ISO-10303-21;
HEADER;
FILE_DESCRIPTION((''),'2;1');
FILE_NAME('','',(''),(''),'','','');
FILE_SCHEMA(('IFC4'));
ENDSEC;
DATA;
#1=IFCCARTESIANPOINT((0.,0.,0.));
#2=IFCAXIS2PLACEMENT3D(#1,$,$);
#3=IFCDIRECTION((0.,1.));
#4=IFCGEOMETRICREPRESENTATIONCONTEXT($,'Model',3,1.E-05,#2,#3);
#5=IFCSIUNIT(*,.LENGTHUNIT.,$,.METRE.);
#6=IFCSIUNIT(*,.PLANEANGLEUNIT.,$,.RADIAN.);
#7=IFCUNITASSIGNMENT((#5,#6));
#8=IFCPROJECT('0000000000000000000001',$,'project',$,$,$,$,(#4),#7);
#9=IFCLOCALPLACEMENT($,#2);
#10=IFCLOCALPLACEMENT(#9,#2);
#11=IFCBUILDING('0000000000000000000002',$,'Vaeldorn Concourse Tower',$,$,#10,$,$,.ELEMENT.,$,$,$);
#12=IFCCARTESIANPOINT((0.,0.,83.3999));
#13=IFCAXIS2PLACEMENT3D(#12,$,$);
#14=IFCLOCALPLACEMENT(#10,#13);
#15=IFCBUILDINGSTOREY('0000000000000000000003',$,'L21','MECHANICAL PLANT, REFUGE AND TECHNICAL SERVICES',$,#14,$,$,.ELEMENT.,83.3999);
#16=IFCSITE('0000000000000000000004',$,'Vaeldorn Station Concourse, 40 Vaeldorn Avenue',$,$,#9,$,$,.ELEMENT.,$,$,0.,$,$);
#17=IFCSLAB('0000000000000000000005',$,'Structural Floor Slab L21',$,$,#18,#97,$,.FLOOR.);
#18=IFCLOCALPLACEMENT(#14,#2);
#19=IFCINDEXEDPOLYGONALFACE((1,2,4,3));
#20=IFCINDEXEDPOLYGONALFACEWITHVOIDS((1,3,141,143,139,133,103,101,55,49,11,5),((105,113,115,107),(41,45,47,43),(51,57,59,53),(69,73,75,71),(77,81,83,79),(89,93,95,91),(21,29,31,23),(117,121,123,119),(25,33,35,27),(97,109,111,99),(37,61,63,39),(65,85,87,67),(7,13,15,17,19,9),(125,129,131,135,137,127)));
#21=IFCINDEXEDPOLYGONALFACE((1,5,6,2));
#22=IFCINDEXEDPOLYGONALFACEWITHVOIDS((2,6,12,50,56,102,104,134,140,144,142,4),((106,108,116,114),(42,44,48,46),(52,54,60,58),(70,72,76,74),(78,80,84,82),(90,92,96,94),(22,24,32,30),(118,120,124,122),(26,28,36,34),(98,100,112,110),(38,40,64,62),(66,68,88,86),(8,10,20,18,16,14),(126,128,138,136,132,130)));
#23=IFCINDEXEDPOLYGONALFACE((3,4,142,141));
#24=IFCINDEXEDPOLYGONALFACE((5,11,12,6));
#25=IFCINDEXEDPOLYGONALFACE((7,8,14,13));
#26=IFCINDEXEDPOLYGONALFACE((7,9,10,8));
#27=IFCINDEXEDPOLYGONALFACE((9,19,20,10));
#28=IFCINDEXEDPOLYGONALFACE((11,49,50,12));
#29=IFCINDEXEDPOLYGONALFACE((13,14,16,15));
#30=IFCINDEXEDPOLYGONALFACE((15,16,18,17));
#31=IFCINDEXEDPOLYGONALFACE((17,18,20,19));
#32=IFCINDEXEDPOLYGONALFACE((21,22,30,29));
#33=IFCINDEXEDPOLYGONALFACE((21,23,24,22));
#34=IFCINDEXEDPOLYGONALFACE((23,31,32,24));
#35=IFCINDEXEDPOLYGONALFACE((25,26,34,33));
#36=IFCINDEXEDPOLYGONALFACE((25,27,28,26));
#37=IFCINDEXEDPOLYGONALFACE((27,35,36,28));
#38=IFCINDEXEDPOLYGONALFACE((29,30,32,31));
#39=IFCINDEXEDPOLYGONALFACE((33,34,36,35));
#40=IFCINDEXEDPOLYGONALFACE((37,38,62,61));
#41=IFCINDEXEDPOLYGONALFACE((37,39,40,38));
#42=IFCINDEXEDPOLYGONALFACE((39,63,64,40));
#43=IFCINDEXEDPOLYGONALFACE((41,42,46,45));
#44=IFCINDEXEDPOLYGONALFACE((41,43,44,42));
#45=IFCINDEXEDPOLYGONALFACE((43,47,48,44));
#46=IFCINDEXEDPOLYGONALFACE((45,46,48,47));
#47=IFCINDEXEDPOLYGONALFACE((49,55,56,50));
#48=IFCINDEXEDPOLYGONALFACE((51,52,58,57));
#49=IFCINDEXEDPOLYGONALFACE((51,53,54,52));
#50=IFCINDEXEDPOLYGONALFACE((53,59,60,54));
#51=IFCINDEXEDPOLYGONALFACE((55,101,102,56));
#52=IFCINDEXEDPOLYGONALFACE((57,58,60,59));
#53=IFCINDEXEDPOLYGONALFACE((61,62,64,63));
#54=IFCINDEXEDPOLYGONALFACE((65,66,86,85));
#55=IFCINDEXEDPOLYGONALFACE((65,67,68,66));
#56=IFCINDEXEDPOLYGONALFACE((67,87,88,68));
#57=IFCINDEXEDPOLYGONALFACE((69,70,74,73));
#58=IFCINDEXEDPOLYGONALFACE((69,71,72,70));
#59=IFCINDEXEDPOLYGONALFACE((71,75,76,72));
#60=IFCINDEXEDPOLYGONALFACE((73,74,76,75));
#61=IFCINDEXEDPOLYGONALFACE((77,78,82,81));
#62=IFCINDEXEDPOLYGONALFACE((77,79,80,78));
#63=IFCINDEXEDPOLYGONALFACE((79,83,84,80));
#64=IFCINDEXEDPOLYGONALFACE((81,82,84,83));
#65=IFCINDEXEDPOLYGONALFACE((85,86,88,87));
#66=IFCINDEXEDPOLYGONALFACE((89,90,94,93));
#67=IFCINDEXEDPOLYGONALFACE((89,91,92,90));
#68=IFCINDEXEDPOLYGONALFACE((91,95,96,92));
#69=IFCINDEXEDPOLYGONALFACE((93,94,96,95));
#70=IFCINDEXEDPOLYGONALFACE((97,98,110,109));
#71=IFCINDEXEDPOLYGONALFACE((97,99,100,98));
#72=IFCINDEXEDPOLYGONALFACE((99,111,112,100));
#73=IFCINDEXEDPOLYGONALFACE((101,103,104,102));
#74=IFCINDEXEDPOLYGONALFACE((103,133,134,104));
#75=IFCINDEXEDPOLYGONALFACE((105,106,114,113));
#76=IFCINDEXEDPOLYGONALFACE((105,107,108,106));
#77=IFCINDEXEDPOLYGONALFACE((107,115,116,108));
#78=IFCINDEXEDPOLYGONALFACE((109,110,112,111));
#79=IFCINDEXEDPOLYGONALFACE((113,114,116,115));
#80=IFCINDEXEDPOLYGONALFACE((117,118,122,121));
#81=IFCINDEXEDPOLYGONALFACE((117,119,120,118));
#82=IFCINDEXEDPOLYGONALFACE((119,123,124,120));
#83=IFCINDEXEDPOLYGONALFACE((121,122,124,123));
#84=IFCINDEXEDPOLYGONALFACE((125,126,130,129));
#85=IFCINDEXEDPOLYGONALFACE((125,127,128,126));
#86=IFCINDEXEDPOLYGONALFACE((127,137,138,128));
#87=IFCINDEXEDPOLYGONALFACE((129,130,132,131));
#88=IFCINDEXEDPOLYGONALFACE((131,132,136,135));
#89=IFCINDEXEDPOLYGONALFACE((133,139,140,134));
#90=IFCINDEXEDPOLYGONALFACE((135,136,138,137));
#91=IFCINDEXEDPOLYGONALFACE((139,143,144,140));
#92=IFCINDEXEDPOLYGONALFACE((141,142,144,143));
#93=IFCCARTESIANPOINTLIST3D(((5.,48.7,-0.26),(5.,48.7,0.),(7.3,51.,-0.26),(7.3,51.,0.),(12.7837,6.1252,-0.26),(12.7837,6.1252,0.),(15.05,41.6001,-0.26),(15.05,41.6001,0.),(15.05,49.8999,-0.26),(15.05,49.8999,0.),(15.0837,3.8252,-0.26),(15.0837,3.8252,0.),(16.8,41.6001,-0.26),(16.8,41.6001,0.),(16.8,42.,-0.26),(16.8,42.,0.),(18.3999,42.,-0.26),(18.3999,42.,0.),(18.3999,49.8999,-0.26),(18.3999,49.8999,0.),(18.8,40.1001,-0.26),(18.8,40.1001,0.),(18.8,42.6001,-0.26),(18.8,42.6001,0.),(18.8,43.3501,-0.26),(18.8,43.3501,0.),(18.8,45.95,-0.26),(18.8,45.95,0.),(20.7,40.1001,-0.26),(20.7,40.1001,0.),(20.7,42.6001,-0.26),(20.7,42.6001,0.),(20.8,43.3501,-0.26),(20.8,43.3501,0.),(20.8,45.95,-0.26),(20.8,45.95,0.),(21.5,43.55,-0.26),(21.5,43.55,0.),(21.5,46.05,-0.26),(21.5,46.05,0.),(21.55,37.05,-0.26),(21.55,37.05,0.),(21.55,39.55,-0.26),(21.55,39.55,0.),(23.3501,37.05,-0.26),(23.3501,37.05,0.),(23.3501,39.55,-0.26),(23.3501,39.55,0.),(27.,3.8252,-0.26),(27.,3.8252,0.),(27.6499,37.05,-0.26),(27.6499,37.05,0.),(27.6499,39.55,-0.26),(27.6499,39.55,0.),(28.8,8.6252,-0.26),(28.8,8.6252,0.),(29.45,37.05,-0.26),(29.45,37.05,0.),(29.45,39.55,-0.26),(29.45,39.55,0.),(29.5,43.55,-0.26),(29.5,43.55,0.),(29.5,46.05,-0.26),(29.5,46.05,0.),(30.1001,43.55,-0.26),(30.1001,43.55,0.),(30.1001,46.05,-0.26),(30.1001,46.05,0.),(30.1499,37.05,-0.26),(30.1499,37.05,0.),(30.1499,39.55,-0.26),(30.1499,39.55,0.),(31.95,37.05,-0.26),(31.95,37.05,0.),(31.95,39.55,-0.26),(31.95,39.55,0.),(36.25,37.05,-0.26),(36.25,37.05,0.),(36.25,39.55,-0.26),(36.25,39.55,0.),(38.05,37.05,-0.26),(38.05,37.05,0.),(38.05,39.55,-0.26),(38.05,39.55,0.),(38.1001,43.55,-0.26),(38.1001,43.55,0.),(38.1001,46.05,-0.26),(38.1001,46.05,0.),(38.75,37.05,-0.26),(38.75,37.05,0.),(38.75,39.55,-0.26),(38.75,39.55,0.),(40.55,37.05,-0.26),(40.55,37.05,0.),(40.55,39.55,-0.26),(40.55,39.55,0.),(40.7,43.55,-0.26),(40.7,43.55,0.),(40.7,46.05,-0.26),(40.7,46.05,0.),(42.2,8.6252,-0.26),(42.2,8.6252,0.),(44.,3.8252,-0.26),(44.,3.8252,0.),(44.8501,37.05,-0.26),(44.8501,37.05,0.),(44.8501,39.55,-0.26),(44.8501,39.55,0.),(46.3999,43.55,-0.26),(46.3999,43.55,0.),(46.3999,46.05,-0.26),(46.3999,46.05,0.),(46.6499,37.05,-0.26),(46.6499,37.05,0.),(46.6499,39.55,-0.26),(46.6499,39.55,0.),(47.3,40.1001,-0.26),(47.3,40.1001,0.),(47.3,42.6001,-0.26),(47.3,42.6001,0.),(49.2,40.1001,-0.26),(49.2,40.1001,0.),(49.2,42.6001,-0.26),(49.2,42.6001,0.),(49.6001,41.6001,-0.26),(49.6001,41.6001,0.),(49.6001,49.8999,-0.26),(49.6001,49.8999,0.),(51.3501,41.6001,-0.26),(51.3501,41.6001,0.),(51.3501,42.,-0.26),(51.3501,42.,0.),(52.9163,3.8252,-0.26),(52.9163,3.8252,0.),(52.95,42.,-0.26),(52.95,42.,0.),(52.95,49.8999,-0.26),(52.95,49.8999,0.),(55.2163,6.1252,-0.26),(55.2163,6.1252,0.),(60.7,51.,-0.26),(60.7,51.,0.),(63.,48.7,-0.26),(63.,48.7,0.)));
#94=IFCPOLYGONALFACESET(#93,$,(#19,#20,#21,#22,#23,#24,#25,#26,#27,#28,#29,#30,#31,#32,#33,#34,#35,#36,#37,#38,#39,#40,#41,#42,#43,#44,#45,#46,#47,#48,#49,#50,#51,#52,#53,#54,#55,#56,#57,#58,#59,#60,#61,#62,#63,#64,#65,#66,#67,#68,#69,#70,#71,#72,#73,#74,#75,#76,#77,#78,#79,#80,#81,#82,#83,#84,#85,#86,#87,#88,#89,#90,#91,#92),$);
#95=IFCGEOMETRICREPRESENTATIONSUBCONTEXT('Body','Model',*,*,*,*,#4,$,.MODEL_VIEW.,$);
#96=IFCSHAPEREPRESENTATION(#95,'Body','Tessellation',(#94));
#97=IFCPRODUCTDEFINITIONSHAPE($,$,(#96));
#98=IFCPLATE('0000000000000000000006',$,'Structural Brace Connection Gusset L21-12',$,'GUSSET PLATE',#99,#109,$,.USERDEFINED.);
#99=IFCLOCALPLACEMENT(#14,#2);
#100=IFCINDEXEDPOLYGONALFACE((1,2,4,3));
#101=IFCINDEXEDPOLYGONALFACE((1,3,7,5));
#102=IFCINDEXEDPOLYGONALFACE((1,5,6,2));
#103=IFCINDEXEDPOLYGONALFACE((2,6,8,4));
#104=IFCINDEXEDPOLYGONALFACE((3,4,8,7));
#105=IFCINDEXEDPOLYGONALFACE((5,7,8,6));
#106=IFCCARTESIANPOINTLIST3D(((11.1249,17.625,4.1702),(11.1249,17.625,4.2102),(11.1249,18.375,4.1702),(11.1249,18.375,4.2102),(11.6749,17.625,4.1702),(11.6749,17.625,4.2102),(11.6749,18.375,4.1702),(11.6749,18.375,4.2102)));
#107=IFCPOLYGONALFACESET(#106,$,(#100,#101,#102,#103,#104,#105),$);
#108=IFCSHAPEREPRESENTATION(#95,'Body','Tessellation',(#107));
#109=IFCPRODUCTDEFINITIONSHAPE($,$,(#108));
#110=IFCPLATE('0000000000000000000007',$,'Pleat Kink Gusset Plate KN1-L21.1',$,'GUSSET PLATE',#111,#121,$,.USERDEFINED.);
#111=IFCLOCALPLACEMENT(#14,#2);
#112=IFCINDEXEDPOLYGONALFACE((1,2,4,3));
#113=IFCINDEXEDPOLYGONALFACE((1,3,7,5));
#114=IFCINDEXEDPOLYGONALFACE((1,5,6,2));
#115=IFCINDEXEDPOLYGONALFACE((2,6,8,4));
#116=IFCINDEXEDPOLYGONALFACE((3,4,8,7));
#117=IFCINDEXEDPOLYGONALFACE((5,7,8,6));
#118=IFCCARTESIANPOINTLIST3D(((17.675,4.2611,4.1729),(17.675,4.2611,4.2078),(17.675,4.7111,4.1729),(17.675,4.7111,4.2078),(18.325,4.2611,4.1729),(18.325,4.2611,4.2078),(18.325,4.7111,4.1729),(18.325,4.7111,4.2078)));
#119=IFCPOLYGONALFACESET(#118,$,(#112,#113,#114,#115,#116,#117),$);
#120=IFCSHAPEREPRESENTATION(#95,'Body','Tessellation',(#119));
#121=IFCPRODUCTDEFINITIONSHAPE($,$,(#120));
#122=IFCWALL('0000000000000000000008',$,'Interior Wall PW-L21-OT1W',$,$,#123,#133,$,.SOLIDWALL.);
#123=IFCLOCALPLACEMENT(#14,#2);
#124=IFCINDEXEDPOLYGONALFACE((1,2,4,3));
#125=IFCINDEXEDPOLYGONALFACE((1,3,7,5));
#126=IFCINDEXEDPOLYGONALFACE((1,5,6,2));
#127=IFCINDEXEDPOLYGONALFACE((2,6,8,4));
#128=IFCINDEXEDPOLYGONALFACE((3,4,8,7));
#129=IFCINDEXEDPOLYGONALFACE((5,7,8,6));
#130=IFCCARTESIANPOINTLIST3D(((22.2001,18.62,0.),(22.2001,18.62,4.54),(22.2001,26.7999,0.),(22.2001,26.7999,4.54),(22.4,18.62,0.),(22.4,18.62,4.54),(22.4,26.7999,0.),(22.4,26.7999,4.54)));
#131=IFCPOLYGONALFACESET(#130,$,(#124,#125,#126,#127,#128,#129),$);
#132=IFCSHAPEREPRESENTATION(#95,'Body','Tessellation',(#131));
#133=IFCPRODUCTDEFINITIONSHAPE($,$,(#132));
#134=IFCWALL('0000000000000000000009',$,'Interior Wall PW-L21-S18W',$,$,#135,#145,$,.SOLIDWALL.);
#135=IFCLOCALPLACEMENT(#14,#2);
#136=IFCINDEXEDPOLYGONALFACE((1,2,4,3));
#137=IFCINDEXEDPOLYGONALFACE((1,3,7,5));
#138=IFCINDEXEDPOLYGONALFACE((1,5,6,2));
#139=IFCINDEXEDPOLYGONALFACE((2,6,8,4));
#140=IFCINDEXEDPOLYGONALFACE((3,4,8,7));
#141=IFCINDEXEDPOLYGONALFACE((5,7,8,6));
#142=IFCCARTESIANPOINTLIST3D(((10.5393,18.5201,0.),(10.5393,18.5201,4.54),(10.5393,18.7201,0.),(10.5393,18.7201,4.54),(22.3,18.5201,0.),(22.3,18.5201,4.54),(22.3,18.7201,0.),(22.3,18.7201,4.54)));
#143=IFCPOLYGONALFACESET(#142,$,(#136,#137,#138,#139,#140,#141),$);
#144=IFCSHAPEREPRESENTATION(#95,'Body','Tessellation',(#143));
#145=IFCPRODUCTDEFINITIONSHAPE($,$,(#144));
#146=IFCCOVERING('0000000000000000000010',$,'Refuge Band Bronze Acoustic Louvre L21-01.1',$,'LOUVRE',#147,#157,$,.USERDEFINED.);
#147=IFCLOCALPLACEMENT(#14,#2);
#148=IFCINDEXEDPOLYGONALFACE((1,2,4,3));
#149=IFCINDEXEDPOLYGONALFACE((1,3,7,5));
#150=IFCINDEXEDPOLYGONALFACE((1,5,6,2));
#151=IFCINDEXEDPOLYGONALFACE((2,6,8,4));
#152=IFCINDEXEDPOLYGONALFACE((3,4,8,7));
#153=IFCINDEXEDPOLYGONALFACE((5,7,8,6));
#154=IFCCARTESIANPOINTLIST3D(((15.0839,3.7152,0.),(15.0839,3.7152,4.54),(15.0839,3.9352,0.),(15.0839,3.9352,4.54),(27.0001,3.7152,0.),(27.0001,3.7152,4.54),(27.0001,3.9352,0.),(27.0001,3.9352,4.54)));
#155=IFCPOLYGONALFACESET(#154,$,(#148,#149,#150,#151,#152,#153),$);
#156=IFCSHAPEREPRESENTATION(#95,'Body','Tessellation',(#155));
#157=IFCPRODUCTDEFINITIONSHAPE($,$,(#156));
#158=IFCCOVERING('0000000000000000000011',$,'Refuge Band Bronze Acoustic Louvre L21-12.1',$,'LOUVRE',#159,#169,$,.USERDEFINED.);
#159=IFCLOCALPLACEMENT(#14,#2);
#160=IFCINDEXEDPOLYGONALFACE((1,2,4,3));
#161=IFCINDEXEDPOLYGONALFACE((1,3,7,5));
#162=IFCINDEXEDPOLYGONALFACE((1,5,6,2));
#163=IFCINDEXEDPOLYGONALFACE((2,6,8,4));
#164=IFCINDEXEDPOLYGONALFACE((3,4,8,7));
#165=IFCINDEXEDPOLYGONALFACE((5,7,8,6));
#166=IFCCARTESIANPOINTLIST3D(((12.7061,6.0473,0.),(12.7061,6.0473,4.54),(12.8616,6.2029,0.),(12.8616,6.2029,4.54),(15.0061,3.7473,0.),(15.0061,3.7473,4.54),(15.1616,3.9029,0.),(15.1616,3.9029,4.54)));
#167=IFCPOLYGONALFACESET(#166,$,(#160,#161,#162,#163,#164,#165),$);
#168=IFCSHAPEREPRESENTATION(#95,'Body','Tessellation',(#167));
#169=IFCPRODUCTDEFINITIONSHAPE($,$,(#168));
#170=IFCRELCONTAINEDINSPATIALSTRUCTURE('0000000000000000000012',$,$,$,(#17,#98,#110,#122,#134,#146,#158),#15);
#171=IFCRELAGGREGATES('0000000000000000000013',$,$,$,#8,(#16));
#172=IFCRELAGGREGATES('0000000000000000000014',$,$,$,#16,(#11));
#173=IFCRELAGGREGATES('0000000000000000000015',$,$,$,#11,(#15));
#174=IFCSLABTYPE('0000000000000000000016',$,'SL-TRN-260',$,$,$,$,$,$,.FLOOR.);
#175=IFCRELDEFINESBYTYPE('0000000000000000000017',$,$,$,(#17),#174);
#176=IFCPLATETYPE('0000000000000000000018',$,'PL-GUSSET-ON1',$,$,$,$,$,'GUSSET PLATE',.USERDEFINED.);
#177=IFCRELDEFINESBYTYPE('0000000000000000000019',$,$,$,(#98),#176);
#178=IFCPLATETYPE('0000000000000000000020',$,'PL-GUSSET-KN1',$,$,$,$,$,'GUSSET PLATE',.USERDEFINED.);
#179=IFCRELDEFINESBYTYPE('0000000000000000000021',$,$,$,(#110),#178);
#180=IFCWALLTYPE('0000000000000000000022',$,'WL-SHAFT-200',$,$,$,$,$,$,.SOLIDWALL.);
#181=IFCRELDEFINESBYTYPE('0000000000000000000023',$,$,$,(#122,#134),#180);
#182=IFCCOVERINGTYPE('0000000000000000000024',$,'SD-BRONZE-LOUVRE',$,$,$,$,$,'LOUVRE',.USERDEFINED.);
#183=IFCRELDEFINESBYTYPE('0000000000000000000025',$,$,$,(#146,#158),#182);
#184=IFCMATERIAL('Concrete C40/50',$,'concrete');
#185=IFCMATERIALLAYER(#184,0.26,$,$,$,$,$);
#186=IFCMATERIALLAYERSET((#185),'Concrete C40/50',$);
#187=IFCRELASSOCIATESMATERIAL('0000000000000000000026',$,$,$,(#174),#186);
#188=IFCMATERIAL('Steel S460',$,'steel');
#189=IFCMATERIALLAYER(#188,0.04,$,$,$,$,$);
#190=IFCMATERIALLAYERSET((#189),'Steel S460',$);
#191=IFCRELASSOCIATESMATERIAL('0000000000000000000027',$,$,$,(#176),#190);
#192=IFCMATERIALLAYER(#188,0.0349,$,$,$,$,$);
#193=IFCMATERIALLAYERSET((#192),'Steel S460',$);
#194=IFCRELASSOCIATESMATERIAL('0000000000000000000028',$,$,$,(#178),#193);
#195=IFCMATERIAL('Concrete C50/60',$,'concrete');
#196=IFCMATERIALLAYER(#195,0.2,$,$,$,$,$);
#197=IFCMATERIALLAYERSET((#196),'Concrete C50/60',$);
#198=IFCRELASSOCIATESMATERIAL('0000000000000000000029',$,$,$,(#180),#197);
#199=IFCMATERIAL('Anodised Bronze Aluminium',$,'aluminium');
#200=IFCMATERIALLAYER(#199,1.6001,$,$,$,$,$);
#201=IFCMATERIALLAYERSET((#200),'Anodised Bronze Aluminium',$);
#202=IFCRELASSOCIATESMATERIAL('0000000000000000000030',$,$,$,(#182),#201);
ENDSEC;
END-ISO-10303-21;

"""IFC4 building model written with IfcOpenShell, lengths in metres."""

from ifc_helpers import new_model, si_unit, direction, frame, frame_2d, origin, origin_2d, place, context, subcontext, project, spatial, polyline, rectangle, outline, extrude, source, transform, mapped, material, layer, layer_set, type_object, element, save


model = new_model("IFC4")

# Units and contexts
model_context = context("Model", 3, precision=1e-05, world=origin(), true_north=direction((0.0, 1.0)))
body_context = subcontext(model_context, "Body", "Model", "MODEL_VIEW")
ifc_project = project(units=[si_unit("LENGTHUNIT", "METRE"), si_unit("PLANEANGLEUNIT", "RADIAN")], contexts=[model_context])

# Site, building, storey
site_placement = place(None, origin())
site = spatial("IfcSite", under=ifc_project, at=site_placement, Name="Vaeldorn Station Concourse, 40 Vaeldorn Avenue", CompositionType="ELEMENT", RefElevation=0.0)
building_placement = place(site_placement, origin())
building = spatial("IfcBuilding", under=site, at=building_placement, Name="Vaeldorn Concourse Tower", CompositionType="ELEMENT")
storey_placement = place(building_placement, frame((0.0, 0.0, 83.3999)))
storey = spatial("IfcBuildingStorey", under=building, at=storey_placement, Name="L21", Description="MECHANICAL PLANT, REFUGE AND TECHNICAL SERVICES", CompositionType="ELEMENT", Elevation=83.3999)

# Shared definitions
ifc_material_1 = material(Name="Steel S460", Category="steel")

# Shared definitions
ifc_material_2 = material(Name="Concrete C40/50", Category="concrete")

# Slab
ifc_layer_1 = layer(ifc_material_2, 0.26)
ifc_layer_set_1 = layer_set([ifc_layer_1], Name="Concrete C40/50")
slab_type_1 = type_object("IfcSlabType", Name="SL-TRN-260", PredefinedType="FLOOR", material=ifc_layer_set_1)
slab_1_placement = place(storey_placement, frame((0.0, 0.0, -0.26)))
element("IfcSlab", 1, at=slab_1_placement, inside=storey, type_object=slab_type_1, Name="Structural Floor Slab L21", PredefinedType="FLOOR", context=body_context, shape_type="SweptSolid", body=[
    extrude(outline(polyline([(15.0837, 3.8252), (27.0, 3.8252), (28.8, 8.6252), (42.2, 8.6252), (44.0, 3.8252), (52.9163, 3.8252), (55.2163, 6.1252), (63.0, 48.7), (60.7, 51.0), (7.3, 51.0), (5.0, 48.7), (12.7837, 6.1252), (15.0837, 3.8252)]), holes=[polyline([(18.3999, 42.0), (18.3999, 49.8999), (15.05, 49.8999), (15.05, 41.6001), (16.8, 41.6001), (16.8, 42.0), (18.3999, 42.0)]), polyline([(52.95, 42.0), (52.95, 49.8999), (49.6001, 49.8999), (49.6001, 41.6001), (51.3501, 41.6001), (51.3501, 42.0), (52.95, 42.0)]), polyline([(21.55, 37.05), (23.3501, 37.05), (23.3501, 39.55), (21.55, 39.55), (21.55, 37.05)]), polyline([(27.6499, 37.05), (29.45, 37.05), (29.45, 39.55), (27.6499, 39.55), (27.6499, 37.05)]), polyline([(21.5, 43.55), (29.5, 43.55), (29.5, 46.05), (21.5, 46.05), (21.5, 43.55)]), polyline([(30.1499, 37.05), (31.95, 37.05), (31.95, 39.55), (30.1499, 39.55), (30.1499, 37.05)]), polyline([(36.25, 37.05), (38.05, 37.05), (38.05, 39.55), (36.25, 39.55), (36.25, 37.05)]), polyline([(30.1001, 43.55), (38.1001, 43.55), (38.1001, 46.05), (30.1001, 46.05), (30.1001, 43.55)]), polyline([(38.75, 37.05), (40.55, 37.05), (40.55, 39.55), (38.75, 39.55), (38.75, 37.05)]), polyline([(44.8501, 37.05), (46.6499, 37.05), (46.6499, 39.55), (44.8501, 39.55), (44.8501, 37.05)]), polyline([(40.7, 43.55), (46.3999, 43.55), (46.3999, 46.05), (40.7, 46.05), (40.7, 43.55)]), polyline([(18.8, 43.3501), (20.8, 43.3501), (20.8, 45.95), (18.8, 45.95), (18.8, 43.3501)]), polyline([(18.8, 40.1001), (20.7, 40.1001), (20.7, 42.6001), (18.8, 42.6001), (18.8, 40.1001)]), polyline([(47.3, 40.1001), (49.2, 40.1001), (49.2, 42.6001), (47.3, 42.6001), (47.3, 40.1001)])]), origin(), (0.0, 0.0, 1.0), 0.26),
])

# Plates
ifc_layer_2 = layer(ifc_material_1, 0.04)
ifc_layer_set_2 = layer_set([ifc_layer_2], Name="Steel S460")
plate_type_1 = type_object("IfcPlateType", Name="PL-GUSSET-ON1", ElementType="GUSSET PLATE", PredefinedType="USERDEFINED", material=ifc_layer_set_2)
shared_shape_1 = source(origin(), body_context, "Body", "SweptSolid", [
    extrude(rectangle(XDim=0.75, YDim=0.55, at=origin_2d()), origin(), (0.0, 0.0, 1.0), 0.04),
])
plate_1_placement = place(storey_placement, frame((11.3999, 18.0, 4.1702), z_axis=(0.0, 0.0, 1.0), x_axis=(0.0, 1.0, 0.0)))
element("IfcPlate", 2, at=plate_1_placement, inside=storey, type_object=plate_type_1, Name="Structural Brace Connection Gusset L21-12", ObjectType="GUSSET PLATE", PredefinedType="USERDEFINED", context=body_context, shape_type="MappedRepresentation", body=[
    mapped(shared_shape_1, transform((0.0, 0.0, 0.0), scale=1.0)),
])
ifc_layer_3 = layer(ifc_material_1, 0.0349)
ifc_layer_set_3 = layer_set([ifc_layer_3], Name="Steel S460")
plate_type_2 = type_object("IfcPlateType", Name="PL-GUSSET-KN1", ElementType="GUSSET PLATE", PredefinedType="USERDEFINED", material=ifc_layer_set_3)
shared_shape_2 = source(origin(), body_context, "Body", "SweptSolid", [
    extrude(rectangle(XDim=0.6499, YDim=0.45, at=origin_2d()), origin(), (0.0, 0.0, 1.0), 0.0349),
])
plate_2_placement = place(storey_placement, frame((18.0, 4.4861, 4.1729), z_axis=(0.0, 0.0, 1.0), x_axis=(1.0, 0.0, 0.0)))
element("IfcPlate", 3, at=plate_2_placement, inside=storey, type_object=plate_type_2, Name="Pleat Kink Gusset Plate KN1-L21.1", ObjectType="GUSSET PLATE", PredefinedType="USERDEFINED", context=body_context, shape_type="MappedRepresentation", body=[
    mapped(shared_shape_2, transform((0.0, 0.0, 0.0), scale=1.0)),
])

# Walls
ifc_material_3 = material(Name="Concrete C50/60", Category="concrete")
ifc_layer_4 = layer(ifc_material_3, 0.2)
ifc_layer_set_4 = layer_set([ifc_layer_4], Name="Concrete C50/60")
wall_type = type_object("IfcWallType", Name="WL-SHAFT-200", PredefinedType="SOLIDWALL", material=ifc_layer_set_4)
wall_1_placement = place(storey_placement, frame((22.3, 18.6201, 0.0), z_axis=(0.0, 0.0, 1.0), x_axis=(0.0, 1.0, 0.0)))
element("IfcWall", 4, at=wall_1_placement, inside=storey, type_object=wall_type, Name="Interior Wall PW-L21-OT1W", PredefinedType="SOLIDWALL", context=body_context, shape_type="SweptSolid", body=[
    extrude(rectangle(XDim=8.1799, YDim=0.2, at=frame_2d((4.0898, 0.0))), origin(), (0.0, 0.0, 1.0), 4.54),
])
wall_2_placement = place(storey_placement, frame((10.5393, 18.6201, 0.0), z_axis=(0.0, 0.0, 1.0), x_axis=(1.0, 0.0, 0.0)))
element("IfcWall", 5, at=wall_2_placement, inside=storey, type_object=wall_type, Name="Interior Wall PW-L21-S18W", PredefinedType="SOLIDWALL", context=body_context, shape_type="SweptSolid", body=[
    extrude(rectangle(XDim=11.7607, YDim=0.2, at=frame_2d((5.8804, 0.0))), origin(), (0.0, 0.0, 1.0), 4.54),
])

# Shared definitions
ifc_material_4 = material(Name="Anodised Bronze Aluminium", Category="aluminium")

# Coverings
ifc_layer_5 = layer(ifc_material_4, 1.6001)
ifc_layer_set_5 = layer_set([ifc_layer_5], Name="Anodised Bronze Aluminium")
covering_type = type_object("IfcCoveringType", Name="SD-BRONZE-LOUVRE", ElementType="LOUVRE", PredefinedType="USERDEFINED", material=ifc_layer_set_5)
shared_shape_3 = source(origin(), body_context, "Body", "SweptSolid", [
    extrude(rectangle(XDim=11.9163, YDim=0.22, at=origin_2d()), origin(), (0.0, 0.0, 1.0), 4.54),
])
covering_1_placement = place(storey_placement, frame((21.042, 3.8252, 0.0), z_axis=(0.0, 0.0, 1.0), x_axis=(1.0, 0.0, 0.0)))
element("IfcCovering", 6, at=covering_1_placement, inside=storey, type_object=covering_type, Name="Refuge Band Bronze Acoustic Louvre L21-01.1", ObjectType="LOUVRE", PredefinedType="USERDEFINED", context=body_context, shape_type="MappedRepresentation", body=[
    mapped(shared_shape_3, transform((0.0, 0.0, 0.0), scale=1.0)),
])
shared_shape_4 = source(origin(), body_context, "Body", "SweptSolid", [
    extrude(rectangle(XDim=3.2527, YDim=0.22, at=origin_2d()), origin(), (0.0, 0.0, 1.0), 4.54),
])
covering_2_placement = place(storey_placement, frame((13.9338, 4.9751, 0.0), z_axis=(0.0, 0.0, 1.0), x_axis=(0.707107, -0.707107, 0.0)))
element("IfcCovering", 7, at=covering_2_placement, inside=storey, type_object=covering_type, Name="Refuge Band Bronze Acoustic Louvre L21-12.1", ObjectType="LOUVRE", PredefinedType="USERDEFINED", context=body_context, shape_type="MappedRepresentation", body=[
    mapped(shared_shape_4, transform((0.0, 0.0, 0.0), scale=1.0)),
])

save(model, "model.ifc")
